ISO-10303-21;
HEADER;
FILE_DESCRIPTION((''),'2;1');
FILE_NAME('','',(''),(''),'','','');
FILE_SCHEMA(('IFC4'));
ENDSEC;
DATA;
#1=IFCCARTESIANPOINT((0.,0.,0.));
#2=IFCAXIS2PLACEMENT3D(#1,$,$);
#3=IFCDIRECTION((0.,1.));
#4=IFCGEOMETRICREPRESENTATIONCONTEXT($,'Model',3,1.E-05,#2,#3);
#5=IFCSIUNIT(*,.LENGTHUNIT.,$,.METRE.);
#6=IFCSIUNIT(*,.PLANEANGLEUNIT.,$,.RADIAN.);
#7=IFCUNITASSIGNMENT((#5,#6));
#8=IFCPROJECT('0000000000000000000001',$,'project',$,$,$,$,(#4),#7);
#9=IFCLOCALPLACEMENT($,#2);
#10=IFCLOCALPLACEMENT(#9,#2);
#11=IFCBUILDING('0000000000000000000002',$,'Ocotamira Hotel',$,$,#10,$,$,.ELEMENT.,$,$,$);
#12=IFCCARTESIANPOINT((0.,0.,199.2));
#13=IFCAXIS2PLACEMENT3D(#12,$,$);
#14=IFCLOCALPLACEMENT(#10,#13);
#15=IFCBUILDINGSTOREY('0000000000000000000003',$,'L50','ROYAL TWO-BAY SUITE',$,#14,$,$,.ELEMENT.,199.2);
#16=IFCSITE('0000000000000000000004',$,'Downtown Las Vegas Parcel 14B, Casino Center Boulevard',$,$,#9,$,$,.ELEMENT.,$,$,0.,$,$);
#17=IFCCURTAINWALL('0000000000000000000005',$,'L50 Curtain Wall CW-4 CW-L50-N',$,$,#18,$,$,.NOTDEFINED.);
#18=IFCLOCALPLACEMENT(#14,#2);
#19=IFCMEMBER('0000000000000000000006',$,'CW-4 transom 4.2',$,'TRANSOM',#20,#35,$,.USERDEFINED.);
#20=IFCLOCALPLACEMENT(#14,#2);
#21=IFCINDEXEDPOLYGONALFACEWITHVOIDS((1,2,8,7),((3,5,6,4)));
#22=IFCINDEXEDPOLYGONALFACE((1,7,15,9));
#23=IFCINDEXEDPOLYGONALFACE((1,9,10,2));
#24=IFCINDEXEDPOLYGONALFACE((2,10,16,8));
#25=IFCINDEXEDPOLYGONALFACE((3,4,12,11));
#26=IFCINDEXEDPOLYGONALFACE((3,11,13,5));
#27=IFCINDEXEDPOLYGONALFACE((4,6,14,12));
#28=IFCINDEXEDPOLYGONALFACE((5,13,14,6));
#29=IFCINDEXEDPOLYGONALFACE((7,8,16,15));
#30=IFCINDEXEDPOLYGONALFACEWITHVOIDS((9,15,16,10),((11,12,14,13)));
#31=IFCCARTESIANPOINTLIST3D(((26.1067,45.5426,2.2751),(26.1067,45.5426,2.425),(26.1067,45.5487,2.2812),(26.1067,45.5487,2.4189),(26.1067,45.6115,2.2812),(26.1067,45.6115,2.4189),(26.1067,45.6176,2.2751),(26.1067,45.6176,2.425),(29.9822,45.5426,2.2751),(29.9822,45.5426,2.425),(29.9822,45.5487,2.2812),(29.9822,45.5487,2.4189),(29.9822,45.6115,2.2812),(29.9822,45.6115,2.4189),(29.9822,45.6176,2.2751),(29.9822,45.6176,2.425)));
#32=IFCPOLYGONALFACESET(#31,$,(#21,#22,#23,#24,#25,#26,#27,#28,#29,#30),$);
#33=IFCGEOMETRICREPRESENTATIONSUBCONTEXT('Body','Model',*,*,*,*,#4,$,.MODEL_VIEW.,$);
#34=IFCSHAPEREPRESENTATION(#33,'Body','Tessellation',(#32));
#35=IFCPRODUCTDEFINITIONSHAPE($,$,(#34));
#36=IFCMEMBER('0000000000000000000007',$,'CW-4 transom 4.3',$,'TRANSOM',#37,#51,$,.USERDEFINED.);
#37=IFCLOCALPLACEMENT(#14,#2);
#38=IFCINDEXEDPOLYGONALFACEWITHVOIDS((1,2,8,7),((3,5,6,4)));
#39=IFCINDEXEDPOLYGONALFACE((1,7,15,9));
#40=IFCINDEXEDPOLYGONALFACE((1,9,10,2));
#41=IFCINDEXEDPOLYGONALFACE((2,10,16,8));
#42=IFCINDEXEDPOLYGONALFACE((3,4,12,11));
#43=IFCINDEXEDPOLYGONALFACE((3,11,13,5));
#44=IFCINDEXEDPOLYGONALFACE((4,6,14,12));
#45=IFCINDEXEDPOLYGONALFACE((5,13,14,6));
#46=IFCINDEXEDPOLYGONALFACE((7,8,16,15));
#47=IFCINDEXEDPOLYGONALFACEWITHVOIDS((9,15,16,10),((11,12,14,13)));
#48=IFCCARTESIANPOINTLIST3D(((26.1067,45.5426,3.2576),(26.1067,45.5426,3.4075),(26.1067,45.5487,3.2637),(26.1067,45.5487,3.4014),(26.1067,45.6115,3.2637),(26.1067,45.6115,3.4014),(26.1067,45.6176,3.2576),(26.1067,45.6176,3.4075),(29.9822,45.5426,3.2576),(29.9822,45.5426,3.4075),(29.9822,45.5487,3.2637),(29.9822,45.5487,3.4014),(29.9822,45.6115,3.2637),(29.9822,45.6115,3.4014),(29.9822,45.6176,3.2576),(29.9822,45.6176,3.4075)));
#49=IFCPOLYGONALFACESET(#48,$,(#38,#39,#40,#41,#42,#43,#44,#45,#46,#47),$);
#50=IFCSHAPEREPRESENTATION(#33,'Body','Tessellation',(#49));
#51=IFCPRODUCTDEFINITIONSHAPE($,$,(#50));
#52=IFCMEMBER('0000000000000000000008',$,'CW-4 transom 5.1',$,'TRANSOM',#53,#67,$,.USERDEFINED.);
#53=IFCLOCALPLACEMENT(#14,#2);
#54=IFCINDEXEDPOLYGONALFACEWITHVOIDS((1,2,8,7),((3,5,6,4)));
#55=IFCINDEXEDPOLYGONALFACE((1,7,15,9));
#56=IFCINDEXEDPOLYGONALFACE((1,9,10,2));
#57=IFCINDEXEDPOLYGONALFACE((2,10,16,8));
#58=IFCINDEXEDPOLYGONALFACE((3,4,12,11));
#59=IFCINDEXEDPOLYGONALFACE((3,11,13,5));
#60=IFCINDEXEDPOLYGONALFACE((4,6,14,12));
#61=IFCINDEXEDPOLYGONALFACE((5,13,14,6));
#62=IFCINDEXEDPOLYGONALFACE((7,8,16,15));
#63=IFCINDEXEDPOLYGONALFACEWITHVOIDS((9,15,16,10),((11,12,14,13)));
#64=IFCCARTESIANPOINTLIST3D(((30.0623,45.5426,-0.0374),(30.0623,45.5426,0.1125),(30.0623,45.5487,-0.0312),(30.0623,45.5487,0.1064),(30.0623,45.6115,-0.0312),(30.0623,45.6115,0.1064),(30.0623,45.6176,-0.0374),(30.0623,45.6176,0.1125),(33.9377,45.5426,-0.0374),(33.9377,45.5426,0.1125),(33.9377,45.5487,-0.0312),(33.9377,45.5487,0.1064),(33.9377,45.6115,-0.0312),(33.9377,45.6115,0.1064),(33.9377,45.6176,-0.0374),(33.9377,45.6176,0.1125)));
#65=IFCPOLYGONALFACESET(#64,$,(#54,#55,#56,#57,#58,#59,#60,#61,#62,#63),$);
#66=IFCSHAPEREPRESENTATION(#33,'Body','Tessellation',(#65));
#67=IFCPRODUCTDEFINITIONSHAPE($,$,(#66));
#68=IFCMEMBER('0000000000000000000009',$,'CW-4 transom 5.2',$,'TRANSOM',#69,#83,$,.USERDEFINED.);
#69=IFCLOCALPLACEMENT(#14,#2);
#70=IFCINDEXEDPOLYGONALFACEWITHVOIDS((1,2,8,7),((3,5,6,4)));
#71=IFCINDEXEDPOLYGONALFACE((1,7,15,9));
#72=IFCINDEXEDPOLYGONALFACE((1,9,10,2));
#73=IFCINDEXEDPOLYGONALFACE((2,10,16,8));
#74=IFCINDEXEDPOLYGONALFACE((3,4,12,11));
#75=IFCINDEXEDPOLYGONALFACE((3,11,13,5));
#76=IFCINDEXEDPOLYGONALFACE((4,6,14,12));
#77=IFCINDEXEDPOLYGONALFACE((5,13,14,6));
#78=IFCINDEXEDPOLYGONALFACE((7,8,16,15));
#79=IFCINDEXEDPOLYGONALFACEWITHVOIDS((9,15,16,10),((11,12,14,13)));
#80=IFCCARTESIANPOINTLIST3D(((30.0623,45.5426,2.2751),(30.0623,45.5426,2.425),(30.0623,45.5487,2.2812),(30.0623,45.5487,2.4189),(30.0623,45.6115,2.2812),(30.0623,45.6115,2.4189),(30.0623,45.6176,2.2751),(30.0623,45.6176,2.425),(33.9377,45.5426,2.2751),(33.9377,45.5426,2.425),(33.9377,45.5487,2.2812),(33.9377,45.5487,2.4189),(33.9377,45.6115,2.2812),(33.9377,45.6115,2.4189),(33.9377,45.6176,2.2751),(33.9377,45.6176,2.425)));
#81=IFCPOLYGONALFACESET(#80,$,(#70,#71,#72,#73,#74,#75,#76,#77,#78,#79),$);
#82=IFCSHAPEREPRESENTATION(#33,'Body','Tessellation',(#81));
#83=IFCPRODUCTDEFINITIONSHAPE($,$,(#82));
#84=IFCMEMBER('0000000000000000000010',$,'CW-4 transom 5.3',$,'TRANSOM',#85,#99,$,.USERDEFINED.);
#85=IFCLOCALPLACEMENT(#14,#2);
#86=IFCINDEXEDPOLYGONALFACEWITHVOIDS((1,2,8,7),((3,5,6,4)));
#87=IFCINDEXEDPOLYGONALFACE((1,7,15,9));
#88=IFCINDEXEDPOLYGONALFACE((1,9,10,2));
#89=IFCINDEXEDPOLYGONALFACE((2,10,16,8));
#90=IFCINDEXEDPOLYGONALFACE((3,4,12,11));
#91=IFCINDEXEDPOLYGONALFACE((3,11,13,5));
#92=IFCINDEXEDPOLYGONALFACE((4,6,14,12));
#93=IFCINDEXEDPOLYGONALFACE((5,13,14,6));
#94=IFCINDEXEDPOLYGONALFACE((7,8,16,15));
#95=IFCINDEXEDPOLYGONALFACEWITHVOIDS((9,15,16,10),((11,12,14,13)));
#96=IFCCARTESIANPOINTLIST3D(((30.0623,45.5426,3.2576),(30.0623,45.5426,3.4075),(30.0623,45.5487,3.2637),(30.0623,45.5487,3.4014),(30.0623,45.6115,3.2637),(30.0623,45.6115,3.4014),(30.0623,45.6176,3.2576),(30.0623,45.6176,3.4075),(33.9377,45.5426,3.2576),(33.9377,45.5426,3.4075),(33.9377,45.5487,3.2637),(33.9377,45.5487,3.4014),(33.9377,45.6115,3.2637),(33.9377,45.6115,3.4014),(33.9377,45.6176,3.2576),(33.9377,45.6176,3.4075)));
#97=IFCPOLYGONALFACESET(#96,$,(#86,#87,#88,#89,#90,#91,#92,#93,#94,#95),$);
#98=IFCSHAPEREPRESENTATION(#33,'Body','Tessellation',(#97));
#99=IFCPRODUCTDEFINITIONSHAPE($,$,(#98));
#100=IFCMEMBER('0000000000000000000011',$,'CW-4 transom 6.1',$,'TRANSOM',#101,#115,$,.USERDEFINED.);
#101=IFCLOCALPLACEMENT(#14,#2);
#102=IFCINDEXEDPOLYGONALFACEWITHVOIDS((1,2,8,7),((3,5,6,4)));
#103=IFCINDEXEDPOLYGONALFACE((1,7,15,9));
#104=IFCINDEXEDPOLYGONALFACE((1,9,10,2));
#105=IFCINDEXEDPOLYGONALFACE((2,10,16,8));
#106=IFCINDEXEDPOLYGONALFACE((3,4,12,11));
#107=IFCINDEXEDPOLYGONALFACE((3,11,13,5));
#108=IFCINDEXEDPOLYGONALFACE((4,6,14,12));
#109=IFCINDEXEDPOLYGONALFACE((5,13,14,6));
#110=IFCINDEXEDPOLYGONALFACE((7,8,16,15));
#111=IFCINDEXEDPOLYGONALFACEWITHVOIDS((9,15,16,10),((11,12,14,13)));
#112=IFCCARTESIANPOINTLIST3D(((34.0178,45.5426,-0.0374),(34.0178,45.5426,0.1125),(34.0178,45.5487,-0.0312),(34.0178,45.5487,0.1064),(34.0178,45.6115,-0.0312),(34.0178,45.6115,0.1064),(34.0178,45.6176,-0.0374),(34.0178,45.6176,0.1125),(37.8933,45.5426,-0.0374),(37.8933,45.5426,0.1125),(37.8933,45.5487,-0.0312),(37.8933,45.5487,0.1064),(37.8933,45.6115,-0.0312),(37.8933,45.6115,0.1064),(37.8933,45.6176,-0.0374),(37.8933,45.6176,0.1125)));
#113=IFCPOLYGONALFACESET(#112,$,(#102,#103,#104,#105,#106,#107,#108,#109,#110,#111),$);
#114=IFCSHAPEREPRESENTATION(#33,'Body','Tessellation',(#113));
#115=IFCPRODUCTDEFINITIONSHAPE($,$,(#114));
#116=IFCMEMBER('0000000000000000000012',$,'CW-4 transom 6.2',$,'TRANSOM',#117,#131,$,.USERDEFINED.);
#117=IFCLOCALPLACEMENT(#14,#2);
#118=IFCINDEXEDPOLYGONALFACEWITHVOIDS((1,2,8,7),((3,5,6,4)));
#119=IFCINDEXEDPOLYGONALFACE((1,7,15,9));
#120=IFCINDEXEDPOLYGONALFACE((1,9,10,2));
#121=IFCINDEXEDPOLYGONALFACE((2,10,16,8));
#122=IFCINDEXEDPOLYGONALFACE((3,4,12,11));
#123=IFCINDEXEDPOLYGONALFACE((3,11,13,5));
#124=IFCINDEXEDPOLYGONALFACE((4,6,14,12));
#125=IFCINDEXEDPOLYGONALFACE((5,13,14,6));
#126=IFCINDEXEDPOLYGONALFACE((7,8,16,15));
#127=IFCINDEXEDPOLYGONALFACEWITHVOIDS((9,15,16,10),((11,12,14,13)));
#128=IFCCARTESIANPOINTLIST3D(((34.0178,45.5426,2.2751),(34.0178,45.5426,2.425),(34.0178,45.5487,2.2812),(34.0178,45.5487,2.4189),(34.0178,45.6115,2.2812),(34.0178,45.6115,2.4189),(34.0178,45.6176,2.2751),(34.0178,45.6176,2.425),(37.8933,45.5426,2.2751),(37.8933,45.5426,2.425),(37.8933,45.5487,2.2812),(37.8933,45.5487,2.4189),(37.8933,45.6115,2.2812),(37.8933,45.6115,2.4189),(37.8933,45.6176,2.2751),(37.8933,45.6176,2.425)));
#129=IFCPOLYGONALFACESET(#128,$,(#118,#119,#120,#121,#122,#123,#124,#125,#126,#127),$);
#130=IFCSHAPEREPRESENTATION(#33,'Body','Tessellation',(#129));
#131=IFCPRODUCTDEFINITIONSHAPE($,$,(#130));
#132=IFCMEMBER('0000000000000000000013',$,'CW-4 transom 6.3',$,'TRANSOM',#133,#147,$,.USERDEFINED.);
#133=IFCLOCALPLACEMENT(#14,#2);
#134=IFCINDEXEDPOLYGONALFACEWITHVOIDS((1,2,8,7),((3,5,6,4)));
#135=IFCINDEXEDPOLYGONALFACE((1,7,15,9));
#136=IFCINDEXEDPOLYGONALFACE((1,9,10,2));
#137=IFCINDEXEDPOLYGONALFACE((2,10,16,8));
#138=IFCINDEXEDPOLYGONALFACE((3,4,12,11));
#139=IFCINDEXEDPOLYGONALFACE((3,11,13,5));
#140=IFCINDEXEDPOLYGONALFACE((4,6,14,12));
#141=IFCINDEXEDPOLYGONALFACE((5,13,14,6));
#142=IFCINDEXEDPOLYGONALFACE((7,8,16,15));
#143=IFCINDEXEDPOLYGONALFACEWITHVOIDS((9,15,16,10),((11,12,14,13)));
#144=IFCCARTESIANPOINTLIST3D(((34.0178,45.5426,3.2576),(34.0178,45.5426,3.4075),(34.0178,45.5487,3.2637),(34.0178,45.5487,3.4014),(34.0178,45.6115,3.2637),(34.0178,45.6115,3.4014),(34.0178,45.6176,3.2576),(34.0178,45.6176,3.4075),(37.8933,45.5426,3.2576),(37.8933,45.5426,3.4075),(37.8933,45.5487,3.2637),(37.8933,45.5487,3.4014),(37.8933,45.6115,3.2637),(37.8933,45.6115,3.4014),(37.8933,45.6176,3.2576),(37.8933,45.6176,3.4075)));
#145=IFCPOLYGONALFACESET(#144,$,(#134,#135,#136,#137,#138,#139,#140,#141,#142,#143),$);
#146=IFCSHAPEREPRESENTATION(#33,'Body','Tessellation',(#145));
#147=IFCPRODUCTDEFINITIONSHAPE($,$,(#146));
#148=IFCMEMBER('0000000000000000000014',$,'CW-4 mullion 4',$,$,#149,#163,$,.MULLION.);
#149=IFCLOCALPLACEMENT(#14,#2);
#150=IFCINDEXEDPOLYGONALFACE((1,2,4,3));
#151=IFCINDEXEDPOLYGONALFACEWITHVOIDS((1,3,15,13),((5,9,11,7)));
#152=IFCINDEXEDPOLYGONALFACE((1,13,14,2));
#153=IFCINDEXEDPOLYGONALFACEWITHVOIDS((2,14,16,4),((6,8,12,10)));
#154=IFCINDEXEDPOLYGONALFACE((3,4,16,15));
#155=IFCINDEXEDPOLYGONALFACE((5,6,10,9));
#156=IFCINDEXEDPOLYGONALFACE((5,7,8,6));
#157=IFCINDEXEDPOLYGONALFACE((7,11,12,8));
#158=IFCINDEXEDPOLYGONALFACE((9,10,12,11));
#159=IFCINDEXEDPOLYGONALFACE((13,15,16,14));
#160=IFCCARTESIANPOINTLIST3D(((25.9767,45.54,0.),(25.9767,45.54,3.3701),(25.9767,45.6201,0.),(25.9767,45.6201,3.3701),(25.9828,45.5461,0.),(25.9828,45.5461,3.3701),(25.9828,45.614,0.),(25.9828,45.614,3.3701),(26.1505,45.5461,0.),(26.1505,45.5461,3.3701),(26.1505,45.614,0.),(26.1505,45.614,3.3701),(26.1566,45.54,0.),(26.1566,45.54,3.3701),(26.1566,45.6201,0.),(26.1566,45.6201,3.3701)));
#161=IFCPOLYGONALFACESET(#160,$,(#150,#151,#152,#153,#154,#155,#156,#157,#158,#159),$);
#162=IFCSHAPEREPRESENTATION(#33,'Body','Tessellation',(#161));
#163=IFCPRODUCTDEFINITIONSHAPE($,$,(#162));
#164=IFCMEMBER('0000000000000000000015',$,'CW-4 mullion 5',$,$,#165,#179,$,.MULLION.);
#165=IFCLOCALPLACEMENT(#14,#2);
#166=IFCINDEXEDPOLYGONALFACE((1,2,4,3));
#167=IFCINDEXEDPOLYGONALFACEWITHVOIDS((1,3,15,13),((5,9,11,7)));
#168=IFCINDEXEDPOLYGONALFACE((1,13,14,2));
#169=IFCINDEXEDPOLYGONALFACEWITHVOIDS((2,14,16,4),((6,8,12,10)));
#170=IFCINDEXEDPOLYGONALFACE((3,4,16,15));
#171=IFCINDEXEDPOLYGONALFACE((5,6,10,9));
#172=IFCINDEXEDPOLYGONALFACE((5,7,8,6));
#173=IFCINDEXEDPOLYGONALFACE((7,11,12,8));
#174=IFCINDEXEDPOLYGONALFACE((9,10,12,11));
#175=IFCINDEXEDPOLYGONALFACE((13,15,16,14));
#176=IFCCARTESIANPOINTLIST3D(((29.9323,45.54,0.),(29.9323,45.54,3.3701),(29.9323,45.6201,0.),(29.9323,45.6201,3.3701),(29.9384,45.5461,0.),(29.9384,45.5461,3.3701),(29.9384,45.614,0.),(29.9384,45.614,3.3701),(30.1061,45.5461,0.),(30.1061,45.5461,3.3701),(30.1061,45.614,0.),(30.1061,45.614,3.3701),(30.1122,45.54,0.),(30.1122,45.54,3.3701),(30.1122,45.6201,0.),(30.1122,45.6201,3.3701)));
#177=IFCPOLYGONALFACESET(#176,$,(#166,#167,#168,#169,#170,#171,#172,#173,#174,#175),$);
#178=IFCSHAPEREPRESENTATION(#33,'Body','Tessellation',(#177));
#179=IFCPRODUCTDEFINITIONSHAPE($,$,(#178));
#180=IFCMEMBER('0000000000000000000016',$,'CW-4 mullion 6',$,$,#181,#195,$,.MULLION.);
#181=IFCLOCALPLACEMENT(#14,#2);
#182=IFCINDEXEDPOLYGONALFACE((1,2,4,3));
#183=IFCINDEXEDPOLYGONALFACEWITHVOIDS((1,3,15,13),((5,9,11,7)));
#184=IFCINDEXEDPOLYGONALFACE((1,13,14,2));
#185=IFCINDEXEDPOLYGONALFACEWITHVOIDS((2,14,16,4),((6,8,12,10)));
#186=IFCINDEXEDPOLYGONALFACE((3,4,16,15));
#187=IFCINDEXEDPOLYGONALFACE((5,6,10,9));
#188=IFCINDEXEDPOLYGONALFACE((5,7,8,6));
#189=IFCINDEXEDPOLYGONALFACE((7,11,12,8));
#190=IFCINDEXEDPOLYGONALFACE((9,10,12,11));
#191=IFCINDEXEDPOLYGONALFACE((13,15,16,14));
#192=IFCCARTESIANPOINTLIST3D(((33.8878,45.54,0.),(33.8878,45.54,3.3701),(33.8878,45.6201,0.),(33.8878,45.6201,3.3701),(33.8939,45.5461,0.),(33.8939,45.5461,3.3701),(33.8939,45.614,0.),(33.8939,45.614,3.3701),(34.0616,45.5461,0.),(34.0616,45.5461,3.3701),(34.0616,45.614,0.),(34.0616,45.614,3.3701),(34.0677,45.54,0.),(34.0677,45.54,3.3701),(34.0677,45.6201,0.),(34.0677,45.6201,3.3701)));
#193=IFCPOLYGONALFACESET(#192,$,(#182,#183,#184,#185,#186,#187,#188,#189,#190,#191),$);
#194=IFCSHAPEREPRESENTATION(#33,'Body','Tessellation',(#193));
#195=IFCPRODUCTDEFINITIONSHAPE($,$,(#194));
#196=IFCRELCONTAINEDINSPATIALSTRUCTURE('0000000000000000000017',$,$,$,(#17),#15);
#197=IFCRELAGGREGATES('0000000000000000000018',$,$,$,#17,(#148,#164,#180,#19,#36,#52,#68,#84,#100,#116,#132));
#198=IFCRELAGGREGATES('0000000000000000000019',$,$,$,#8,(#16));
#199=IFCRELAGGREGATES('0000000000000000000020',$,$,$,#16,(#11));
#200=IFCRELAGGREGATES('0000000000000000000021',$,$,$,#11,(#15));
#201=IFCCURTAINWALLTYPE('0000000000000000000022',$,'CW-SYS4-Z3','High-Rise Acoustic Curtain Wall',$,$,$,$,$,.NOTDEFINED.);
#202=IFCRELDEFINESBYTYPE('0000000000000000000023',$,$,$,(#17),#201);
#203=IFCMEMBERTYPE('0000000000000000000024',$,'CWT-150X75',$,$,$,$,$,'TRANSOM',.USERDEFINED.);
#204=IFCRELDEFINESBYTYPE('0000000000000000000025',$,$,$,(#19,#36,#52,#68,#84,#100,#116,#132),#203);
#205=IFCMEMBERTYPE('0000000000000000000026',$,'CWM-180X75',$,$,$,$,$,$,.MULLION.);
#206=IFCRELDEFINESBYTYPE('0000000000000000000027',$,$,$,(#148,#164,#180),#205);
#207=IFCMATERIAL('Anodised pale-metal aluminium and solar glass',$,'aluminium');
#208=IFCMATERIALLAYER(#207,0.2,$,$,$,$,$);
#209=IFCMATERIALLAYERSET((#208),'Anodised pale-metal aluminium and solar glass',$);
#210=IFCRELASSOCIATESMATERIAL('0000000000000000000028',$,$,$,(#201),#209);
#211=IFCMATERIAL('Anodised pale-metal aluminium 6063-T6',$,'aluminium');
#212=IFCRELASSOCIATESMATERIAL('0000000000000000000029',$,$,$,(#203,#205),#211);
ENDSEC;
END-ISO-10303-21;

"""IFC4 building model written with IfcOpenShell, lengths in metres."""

from ifc_helpers import new_model, si_unit, direction, frame, origin, origin_2d, place, context, subcontext, project, spatial, hollow_rectangle, extrude, source, transform, mapped, material, layer, layer_set, material_profile, profile_set, type_object, element, aggregate, save


model = new_model("IFC4")

# Units and contexts
model_context = context("Model", 3, precision=1e-05, world=origin(), true_north=direction((0.0, 1.0)))
body_context = subcontext(model_context, "Body", "Model", "MODEL_VIEW")
ifc_project = project(units=[si_unit("LENGTHUNIT", "METRE"), si_unit("PLANEANGLEUNIT", "RADIAN")], contexts=[model_context])

# Site, building, storey
site_placement = place(None, origin())
site = spatial("IfcSite", under=ifc_project, at=site_placement, Name="Downtown Las Vegas Parcel 14B, Casino Center Boulevard", CompositionType="ELEMENT", RefElevation=0.0)
building_placement = place(site_placement, origin())
building = spatial("IfcBuilding", under=site, at=building_placement, Name="Ocotamira Hotel", CompositionType="ELEMENT")
storey_placement = place(building_placement, frame((0.0, 0.0, 199.2)))
storey = spatial("IfcBuildingStorey", under=building, at=storey_placement, Name="L50", Description="ROYAL TWO-BAY SUITE", CompositionType="ELEMENT", Elevation=199.2)

# Curtain wall, members
ifc_material_1 = material(Name="Anodised pale-metal aluminium and solar glass", Category="aluminium")
ifc_layer_1 = layer(ifc_material_1, 0.2)
ifc_layer_set_1 = layer_set([ifc_layer_1], Name="Anodised pale-metal aluminium and solar glass")
curtain_wall_type = type_object("IfcCurtainWallType", Name="CW-SYS4-Z3", Description="High-Rise Acoustic Curtain Wall", PredefinedType="NOTDEFINED", material=ifc_layer_set_1)
curtain_wall_placement = place(storey_placement, origin())
curtain_wall = element("IfcCurtainWall", 1, at=curtain_wall_placement, inside=storey, type_object=curtain_wall_type, Name="L50 Curtain Wall CW-4 CW-L50-N", PredefinedType="NOTDEFINED")
ifc_material_2 = material(Name="Anodised pale-metal aluminium 6063-T6", Category="aluminium")
ifc_material_profile_1 = material_profile(ifc_material_2, hollow_rectangle(XDim=0.075, YDim=0.1499, WallThickness=0.0061, at=origin_2d()), Name="HSS150X75X6")
ifc_profile_set_1 = profile_set([ifc_material_profile_1], Name="Anodised pale-metal aluminium 6063-T6")
member_type_1 = type_object("IfcMemberType", Name="CWT-150X75", ElementType="TRANSOM", PredefinedType="USERDEFINED", material=ifc_profile_set_1)
shared_shape_1 = source(origin(), body_context, "Body", "SweptSolid", [
    extrude(hollow_rectangle(XDim=0.075, YDim=0.1499, WallThickness=0.0061, at=origin_2d()), origin(), (0.0, 0.0, 1.0), 3.8755),
])
member_1_placement = place(storey_placement, frame((26.1067, 45.5801, 2.3501), z_axis=(1.0, 0.0, 0.0), x_axis=(0.0, 1.0, 0.0)))
member_1 = element("IfcMember", 2, at=member_1_placement, type_object=member_type_1, Name="CW-4 transom 4.2", ObjectType="TRANSOM", PredefinedType="USERDEFINED", context=body_context, shape_type="MappedRepresentation", body=[
    mapped(shared_shape_1, transform((0.0, 0.0, 0.0), scale=1.0)),
])
member_2_placement = place(storey_placement, frame((26.1067, 45.5801, 3.3325), z_axis=(1.0, 0.0, 0.0), x_axis=(0.0, 1.0, 0.0)))
member_2 = element("IfcMember", 3, at=member_2_placement, type_object=member_type_1, Name="CW-4 transom 4.3", ObjectType="TRANSOM", PredefinedType="USERDEFINED", context=body_context, shape_type="MappedRepresentation", body=[
    mapped(shared_shape_1, transform((0.0, 0.0, 0.0), scale=1.0)),
])
member_3_placement = place(storey_placement, frame((30.0623, 45.5801, 0.0376), z_axis=(1.0, 0.0, 0.0), x_axis=(0.0, 1.0, 0.0)))
member_3 = element("IfcMember", 4, at=member_3_placement, type_object=member_type_1, Name="CW-4 transom 5.1", ObjectType="TRANSOM", PredefinedType="USERDEFINED", context=body_context, shape_type="MappedRepresentation", body=[
    mapped(shared_shape_1, transform((0.0, 0.0, 0.0), scale=1.0)),
])
member_4_placement = place(storey_placement, frame((30.0623, 45.5801, 2.3501), z_axis=(1.0, 0.0, 0.0), x_axis=(0.0, 1.0, 0.0)))
member_4 = element("IfcMember", 5, at=member_4_placement, type_object=member_type_1, Name="CW-4 transom 5.2", ObjectType="TRANSOM", PredefinedType="USERDEFINED", context=body_context, shape_type="MappedRepresentation", body=[
    mapped(shared_shape_1, transform((0.0, 0.0, 0.0), scale=1.0)),
])
member_5_placement = place(storey_placement, frame((30.0623, 45.5801, 3.3325), z_axis=(1.0, 0.0, 0.0), x_axis=(0.0, 1.0, 0.0)))
member_5 = element("IfcMember", 6, at=member_5_placement, type_object=member_type_1, Name="CW-4 transom 5.3", ObjectType="TRANSOM", PredefinedType="USERDEFINED", context=body_context, shape_type="MappedRepresentation", body=[
    mapped(shared_shape_1, transform((0.0, 0.0, 0.0), scale=1.0)),
])
member_6_placement = place(storey_placement, frame((34.0178, 45.5801, 0.0376), z_axis=(1.0, 0.0, 0.0), x_axis=(0.0, 1.0, 0.0)))
member_6 = element("IfcMember", 7, at=member_6_placement, type_object=member_type_1, Name="CW-4 transom 6.1", ObjectType="TRANSOM", PredefinedType="USERDEFINED", context=body_context, shape_type="MappedRepresentation", body=[
    mapped(shared_shape_1, transform((0.0, 0.0, 0.0), scale=1.0)),
])
member_7_placement = place(storey_placement, frame((34.0178, 45.5801, 2.3501), z_axis=(1.0, 0.0, 0.0), x_axis=(0.0, 1.0, 0.0)))
member_7 = element("IfcMember", 8, at=member_7_placement, type_object=member_type_1, Name="CW-4 transom 6.2", ObjectType="TRANSOM", PredefinedType="USERDEFINED", context=body_context, shape_type="MappedRepresentation", body=[
    mapped(shared_shape_1, transform((0.0, 0.0, 0.0), scale=1.0)),
])
member_8_placement = place(storey_placement, frame((34.0178, 45.5801, 3.3325), z_axis=(1.0, 0.0, 0.0), x_axis=(0.0, 1.0, 0.0)))
member_8 = element("IfcMember", 9, at=member_8_placement, type_object=member_type_1, Name="CW-4 transom 6.3", ObjectType="TRANSOM", PredefinedType="USERDEFINED", context=body_context, shape_type="MappedRepresentation", body=[
    mapped(shared_shape_1, transform((0.0, 0.0, 0.0), scale=1.0)),
])
ifc_material_profile_2 = material_profile(ifc_material_2, hollow_rectangle(XDim=0.0801, YDim=0.1799, WallThickness=0.0061, at=origin_2d()), Name="HSS180X80X6")
ifc_profile_set_2 = profile_set([ifc_material_profile_2], Name="Anodised pale-metal aluminium 6063-T6")
member_type_2 = type_object("IfcMemberType", Name="CWM-180X75", PredefinedType="MULLION", material=ifc_profile_set_2)
shared_shape_2 = source(origin(), body_context, "Body", "SweptSolid", [
    extrude(hollow_rectangle(XDim=0.0801, YDim=0.1799, WallThickness=0.0061, at=origin_2d()), origin(), (0.0, 0.0, 1.0), 3.3701),
])
member_9_placement = place(storey_placement, frame((26.0667, 45.5801, 0.0), z_axis=(0.0, 0.0, 1.0), x_axis=(0.0, 1.0, 0.0)))
member_9 = element("IfcMember", 10, at=member_9_placement, type_object=member_type_2, Name="CW-4 mullion 4", PredefinedType="MULLION", context=body_context, shape_type="MappedRepresentation", body=[
    mapped(shared_shape_2, transform((0.0, 0.0, 0.0), scale=1.0)),
])
member_10_placement = place(storey_placement, frame((30.0222, 45.5801, 0.0), z_axis=(0.0, 0.0, 1.0), x_axis=(0.0, 1.0, 0.0)))
member_10 = element("IfcMember", 11, at=member_10_placement, type_object=member_type_2, Name="CW-4 mullion 5", PredefinedType="MULLION", context=body_context, shape_type="MappedRepresentation", body=[
    mapped(shared_shape_2, transform((0.0, 0.0, 0.0), scale=1.0)),
])
member_11_placement = place(storey_placement, frame((33.9778, 45.5801, 0.0), z_axis=(0.0, 0.0, 1.0), x_axis=(0.0, 1.0, 0.0)))
member_11 = element("IfcMember", 12, at=member_11_placement, type_object=member_type_2, Name="CW-4 mullion 6", PredefinedType="MULLION", context=body_context, shape_type="MappedRepresentation", body=[
    mapped(shared_shape_2, transform((0.0, 0.0, 0.0), scale=1.0)),
])

aggregate(curtain_wall, [member_9, member_10, member_11, member_1, member_2, member_3, member_4, member_5, member_6, member_7, member_8])

save(model, "model.ifc")
